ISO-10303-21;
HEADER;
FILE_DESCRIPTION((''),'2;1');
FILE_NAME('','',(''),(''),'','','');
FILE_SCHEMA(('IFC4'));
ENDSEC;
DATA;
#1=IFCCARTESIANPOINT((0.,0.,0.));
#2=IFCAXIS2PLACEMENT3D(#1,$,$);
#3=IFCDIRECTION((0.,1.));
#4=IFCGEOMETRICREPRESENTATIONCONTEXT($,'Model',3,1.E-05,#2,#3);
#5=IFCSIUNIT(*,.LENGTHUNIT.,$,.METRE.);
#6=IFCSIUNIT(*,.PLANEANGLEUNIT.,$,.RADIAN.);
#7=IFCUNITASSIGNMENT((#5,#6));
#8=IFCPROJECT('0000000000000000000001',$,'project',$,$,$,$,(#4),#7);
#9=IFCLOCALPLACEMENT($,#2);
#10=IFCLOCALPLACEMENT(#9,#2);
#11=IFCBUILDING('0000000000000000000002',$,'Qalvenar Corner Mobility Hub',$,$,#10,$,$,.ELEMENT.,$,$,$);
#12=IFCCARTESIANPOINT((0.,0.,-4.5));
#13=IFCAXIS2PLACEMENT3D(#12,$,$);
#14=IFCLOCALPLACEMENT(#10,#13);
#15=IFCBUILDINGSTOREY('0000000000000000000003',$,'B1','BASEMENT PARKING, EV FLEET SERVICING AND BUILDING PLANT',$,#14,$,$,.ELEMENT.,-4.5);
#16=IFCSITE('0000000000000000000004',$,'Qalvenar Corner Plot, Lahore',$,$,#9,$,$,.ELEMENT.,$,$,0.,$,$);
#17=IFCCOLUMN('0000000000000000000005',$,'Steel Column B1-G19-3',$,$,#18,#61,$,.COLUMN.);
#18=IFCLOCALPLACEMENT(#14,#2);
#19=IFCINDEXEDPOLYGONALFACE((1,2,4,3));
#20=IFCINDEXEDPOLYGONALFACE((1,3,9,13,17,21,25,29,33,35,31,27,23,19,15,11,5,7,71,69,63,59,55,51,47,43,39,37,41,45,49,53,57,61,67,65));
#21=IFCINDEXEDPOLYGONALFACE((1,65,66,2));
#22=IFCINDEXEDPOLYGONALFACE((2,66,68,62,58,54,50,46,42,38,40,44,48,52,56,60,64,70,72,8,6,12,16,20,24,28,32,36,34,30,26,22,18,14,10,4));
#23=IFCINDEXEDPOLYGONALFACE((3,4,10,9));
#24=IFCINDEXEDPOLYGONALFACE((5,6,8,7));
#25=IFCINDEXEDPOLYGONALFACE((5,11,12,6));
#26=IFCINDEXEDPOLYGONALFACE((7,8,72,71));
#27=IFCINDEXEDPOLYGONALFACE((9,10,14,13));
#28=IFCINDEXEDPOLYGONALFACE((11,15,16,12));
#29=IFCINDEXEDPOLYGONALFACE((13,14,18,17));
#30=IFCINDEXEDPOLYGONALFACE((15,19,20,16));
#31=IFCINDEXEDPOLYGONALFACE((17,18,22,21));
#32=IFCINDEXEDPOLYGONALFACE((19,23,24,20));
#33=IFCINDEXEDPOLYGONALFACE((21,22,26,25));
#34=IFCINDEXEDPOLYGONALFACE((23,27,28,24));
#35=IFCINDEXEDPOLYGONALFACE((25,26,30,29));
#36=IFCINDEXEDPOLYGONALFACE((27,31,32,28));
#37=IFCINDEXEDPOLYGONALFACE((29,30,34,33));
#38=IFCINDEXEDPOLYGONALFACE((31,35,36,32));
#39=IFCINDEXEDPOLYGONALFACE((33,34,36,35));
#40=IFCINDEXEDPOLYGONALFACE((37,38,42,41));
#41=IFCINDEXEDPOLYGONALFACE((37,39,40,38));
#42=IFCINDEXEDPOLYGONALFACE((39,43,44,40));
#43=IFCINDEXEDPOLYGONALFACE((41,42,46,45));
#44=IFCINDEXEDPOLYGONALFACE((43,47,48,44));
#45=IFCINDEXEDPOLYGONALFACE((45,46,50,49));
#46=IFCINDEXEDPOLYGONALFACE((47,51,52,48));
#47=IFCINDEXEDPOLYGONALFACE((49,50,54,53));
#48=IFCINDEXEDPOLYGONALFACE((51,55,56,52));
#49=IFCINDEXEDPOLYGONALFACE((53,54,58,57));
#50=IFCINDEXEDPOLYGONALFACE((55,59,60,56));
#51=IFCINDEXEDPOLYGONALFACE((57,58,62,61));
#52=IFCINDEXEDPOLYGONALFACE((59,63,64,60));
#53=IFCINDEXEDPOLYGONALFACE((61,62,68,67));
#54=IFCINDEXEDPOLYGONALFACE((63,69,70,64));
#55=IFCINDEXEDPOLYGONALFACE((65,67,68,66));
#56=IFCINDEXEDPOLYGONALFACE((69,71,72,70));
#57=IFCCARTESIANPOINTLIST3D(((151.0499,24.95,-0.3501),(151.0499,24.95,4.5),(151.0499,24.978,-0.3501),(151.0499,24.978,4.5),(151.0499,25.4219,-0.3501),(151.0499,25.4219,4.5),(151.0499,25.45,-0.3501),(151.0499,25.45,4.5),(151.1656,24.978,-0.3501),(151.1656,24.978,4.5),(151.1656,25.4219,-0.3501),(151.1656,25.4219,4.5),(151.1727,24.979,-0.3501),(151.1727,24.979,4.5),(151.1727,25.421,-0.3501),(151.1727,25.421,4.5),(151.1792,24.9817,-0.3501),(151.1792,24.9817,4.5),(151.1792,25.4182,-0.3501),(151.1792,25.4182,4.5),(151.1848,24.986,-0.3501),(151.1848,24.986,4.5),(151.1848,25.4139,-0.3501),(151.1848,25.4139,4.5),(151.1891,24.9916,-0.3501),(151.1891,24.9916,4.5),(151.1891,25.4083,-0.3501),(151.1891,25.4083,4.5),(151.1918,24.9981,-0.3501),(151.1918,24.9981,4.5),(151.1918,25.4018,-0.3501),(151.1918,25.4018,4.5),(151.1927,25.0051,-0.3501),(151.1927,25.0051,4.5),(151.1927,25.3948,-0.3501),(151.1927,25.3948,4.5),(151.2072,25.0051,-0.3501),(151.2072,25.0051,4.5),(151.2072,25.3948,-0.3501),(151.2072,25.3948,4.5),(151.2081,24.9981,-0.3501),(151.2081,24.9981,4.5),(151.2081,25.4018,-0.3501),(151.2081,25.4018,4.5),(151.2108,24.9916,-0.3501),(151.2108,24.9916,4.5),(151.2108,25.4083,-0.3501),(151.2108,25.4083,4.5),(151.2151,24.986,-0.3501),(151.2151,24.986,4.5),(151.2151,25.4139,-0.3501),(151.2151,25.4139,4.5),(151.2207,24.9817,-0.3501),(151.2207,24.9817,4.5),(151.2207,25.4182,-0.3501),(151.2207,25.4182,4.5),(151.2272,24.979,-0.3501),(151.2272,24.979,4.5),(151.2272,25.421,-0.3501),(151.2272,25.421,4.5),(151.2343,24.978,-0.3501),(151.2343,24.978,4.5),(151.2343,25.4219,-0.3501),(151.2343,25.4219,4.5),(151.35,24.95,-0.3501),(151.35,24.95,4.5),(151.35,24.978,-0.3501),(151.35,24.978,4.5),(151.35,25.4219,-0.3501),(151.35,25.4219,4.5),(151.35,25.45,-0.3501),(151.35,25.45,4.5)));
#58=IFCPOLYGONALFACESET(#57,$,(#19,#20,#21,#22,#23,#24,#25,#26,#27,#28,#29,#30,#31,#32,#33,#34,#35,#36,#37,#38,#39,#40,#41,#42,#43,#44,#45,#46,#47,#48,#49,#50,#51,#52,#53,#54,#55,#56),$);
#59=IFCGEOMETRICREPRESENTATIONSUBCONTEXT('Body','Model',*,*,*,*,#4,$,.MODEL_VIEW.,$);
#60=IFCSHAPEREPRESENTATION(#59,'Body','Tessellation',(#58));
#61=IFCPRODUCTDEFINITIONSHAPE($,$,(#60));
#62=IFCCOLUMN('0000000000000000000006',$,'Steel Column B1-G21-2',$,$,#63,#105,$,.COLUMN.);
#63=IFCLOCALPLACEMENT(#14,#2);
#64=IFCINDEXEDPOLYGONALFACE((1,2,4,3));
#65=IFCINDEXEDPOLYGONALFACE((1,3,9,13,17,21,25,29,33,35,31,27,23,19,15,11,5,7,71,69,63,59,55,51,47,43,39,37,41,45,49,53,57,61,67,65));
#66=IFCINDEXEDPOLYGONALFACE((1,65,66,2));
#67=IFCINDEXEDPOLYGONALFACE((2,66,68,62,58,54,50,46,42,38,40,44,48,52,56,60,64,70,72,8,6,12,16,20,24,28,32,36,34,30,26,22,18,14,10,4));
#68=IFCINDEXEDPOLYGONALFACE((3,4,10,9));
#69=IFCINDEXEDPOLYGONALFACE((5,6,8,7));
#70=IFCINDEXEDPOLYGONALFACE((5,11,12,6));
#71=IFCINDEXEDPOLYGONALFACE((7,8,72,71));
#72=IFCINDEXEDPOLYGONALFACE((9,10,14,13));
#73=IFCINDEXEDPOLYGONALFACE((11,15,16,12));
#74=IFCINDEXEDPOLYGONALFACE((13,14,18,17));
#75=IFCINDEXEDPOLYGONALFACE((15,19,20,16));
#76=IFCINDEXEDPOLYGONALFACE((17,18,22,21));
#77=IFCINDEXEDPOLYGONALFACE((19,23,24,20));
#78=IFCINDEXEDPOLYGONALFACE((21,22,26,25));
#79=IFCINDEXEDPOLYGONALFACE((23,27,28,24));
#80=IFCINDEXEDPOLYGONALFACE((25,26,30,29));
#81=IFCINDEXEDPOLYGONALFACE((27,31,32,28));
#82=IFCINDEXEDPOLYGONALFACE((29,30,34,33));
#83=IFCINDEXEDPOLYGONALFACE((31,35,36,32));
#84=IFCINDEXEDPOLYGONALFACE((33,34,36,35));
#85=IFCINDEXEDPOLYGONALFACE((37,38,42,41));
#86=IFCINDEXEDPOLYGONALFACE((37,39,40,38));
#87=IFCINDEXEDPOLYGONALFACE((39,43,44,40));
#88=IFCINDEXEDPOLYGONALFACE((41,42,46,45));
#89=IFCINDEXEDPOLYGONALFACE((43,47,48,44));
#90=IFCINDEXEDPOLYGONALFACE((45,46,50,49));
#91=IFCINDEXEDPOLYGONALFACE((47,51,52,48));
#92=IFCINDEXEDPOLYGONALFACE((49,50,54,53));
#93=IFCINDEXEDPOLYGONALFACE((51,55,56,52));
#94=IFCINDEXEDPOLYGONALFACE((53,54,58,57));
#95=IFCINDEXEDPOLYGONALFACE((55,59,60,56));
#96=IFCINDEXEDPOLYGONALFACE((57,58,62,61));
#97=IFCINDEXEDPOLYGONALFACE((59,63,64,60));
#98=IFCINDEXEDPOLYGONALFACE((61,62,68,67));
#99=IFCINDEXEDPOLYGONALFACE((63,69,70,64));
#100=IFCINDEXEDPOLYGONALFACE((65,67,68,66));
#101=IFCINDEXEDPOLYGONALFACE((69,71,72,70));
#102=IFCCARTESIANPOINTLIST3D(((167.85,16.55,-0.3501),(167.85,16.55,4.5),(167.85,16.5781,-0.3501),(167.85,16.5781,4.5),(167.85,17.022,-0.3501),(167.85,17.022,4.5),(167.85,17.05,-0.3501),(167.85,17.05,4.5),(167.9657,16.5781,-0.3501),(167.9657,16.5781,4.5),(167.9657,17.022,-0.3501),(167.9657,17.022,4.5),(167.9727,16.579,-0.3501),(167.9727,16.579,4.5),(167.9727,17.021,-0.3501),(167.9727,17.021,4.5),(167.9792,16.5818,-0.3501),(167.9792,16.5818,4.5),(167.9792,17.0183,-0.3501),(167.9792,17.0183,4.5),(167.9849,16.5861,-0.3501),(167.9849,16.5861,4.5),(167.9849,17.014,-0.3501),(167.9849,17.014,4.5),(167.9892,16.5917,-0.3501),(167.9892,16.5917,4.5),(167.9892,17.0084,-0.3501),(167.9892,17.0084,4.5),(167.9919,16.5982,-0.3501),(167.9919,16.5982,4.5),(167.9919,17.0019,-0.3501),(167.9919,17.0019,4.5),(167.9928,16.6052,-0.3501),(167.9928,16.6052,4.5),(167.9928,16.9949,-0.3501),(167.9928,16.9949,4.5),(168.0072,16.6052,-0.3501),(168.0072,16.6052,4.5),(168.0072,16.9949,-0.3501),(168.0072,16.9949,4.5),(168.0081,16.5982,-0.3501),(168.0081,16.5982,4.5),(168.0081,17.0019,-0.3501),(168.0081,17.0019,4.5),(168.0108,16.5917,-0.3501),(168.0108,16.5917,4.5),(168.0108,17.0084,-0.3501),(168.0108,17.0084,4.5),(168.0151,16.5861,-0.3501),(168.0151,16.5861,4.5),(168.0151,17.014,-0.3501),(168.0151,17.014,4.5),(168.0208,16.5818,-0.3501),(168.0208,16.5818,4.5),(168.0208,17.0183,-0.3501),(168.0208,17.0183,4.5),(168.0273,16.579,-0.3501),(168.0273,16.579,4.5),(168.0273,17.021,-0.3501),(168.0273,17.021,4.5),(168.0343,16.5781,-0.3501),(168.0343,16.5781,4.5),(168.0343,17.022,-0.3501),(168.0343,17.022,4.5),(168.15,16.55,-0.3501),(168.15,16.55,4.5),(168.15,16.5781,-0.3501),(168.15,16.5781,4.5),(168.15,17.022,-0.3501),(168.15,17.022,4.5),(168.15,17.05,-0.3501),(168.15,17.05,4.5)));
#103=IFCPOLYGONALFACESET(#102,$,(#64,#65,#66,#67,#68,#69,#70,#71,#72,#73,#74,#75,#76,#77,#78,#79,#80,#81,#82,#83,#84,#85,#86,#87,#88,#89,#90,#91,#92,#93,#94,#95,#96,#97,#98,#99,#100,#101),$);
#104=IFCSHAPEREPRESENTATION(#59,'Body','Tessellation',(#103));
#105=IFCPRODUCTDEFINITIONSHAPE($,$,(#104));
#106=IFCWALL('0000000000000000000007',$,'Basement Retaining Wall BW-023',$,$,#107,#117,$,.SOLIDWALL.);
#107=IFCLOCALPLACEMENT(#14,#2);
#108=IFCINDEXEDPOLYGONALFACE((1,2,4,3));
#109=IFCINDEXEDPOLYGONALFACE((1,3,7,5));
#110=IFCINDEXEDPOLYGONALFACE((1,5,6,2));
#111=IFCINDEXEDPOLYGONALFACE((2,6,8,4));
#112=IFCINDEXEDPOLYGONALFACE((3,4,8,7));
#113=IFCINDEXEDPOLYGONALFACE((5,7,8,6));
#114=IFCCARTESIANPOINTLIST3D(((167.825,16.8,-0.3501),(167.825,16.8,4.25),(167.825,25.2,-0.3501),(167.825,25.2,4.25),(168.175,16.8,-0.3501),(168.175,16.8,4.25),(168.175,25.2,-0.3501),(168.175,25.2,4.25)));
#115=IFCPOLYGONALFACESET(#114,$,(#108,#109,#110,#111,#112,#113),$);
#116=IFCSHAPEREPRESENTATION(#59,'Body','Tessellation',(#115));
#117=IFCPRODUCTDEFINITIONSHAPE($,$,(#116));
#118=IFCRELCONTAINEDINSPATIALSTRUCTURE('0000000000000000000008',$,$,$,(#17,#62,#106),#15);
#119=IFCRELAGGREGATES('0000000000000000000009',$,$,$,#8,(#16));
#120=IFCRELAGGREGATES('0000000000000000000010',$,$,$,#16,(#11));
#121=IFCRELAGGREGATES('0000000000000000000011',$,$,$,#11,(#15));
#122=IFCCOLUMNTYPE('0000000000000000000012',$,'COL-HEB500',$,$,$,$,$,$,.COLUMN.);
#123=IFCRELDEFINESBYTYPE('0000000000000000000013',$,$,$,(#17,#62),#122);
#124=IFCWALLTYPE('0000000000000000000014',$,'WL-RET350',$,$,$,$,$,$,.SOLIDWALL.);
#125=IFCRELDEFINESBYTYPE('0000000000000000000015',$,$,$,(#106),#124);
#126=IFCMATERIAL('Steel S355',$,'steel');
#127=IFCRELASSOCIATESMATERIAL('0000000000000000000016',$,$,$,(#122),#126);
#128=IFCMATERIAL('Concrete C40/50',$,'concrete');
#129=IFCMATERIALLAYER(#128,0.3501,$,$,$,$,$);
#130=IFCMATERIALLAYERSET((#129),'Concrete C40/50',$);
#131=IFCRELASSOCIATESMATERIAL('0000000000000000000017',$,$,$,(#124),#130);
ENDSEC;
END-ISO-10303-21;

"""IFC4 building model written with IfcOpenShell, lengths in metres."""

from ifc_helpers import new_model, si_unit, direction, frame, frame_2d, origin, origin_2d, place, context, subcontext, project, spatial, rectangle, i_section, extrude, material, layer, layer_set, material_profile, profile_set, type_object, element, save


model = new_model("IFC4")

# Units and contexts
model_context = context("Model", 3, precision=1e-05, world=origin(), true_north=direction((0.0, 1.0)))
body_context = subcontext(model_context, "Body", "Model", "MODEL_VIEW")
ifc_project = project(units=[si_unit("LENGTHUNIT", "METRE"), si_unit("PLANEANGLEUNIT", "RADIAN")], contexts=[model_context])

# Site, building, storey
site_placement = place(None, origin())
site = spatial("IfcSite", under=ifc_project, at=site_placement, Name="Qalvenar Corner Plot, Lahore", CompositionType="ELEMENT", RefElevation=0.0)
building_placement = place(site_placement, origin())
building = spatial("IfcBuilding", under=site, at=building_placement, Name="Qalvenar Corner Mobility Hub", CompositionType="ELEMENT")
storey_placement = place(building_placement, frame((0.0, 0.0, -4.5)))
storey = spatial("IfcBuildingStorey", under=building, at=storey_placement, Name="B1", Description="BASEMENT PARKING, EV FLEET SERVICING AND BUILDING PLANT", CompositionType="ELEMENT", Elevation=-4.5)

# Shared definitions
ifc_material_1 = material(Name="Concrete C40/50", Category="concrete")

# Columns
ifc_material_2 = material(Name="Steel S355", Category="steel")
ifc_material_profile_1 = material_profile(ifc_material_2, i_section(OverallWidth=0.3, OverallDepth=0.5, WebThickness=0.0144, FlangeThickness=0.0281, FilletRadius=0.0271, at=origin_2d()), Name="HEB500")
ifc_profile_set_1 = profile_set([ifc_material_profile_1], Name="Steel S355")
column_type_1 = type_object("IfcColumnType", Name="COL-HEB500", PredefinedType="COLUMN", material=ifc_profile_set_1)
for number, where, z_axis, x_axis, name in (
    (1, (151.2, 25.2, -0.3501), (0.0, 0.0, 1.0), (1.0, 0.0, 0.0), "Steel Column B1-G19-3"),
    (2, (168.0, 16.8, -0.3501), (0.0, 0.0, 1.0), (1.0, 0.0, 0.0), "Steel Column B1-G21-2"),
):
    element("IfcColumn", number, at=place(storey_placement, frame(where, z_axis=z_axis, x_axis=x_axis)), inside=storey, type_object=column_type_1, Name=name, PredefinedType="COLUMN", context=body_context, shape_type="SweptSolid", body=[
        extrude(i_section(OverallWidth=0.3, OverallDepth=0.5, WebThickness=0.0144, FlangeThickness=0.0281, FilletRadius=0.0271, at=origin_2d()), origin(), (0.0, 0.0, 1.0), 4.8501),
    ])

# Wall
ifc_layer = layer(ifc_material_1, 0.3501)
ifc_layer_set = layer_set([ifc_layer], Name="Concrete C40/50")
wall_type = type_object("IfcWallType", Name="WL-RET350", PredefinedType="SOLIDWALL", material=ifc_layer_set)
wall_placement = place(storey_placement, frame((168.0, 16.8, -0.3501), z_axis=(0.0, 0.0, 1.0), x_axis=(0.0, 1.0, 0.0)))
element("IfcWall", 3, at=wall_placement, inside=storey, type_object=wall_type, Name="Basement Retaining Wall BW-023", PredefinedType="SOLIDWALL", context=body_context, shape_type="SweptSolid", body=[
    extrude(rectangle(XDim=8.3999, YDim=0.3501, at=frame_2d((4.2, 0.0))), origin(), (0.0, 0.0, 1.0), 4.6001),
])

save(model, "model.ifc")
